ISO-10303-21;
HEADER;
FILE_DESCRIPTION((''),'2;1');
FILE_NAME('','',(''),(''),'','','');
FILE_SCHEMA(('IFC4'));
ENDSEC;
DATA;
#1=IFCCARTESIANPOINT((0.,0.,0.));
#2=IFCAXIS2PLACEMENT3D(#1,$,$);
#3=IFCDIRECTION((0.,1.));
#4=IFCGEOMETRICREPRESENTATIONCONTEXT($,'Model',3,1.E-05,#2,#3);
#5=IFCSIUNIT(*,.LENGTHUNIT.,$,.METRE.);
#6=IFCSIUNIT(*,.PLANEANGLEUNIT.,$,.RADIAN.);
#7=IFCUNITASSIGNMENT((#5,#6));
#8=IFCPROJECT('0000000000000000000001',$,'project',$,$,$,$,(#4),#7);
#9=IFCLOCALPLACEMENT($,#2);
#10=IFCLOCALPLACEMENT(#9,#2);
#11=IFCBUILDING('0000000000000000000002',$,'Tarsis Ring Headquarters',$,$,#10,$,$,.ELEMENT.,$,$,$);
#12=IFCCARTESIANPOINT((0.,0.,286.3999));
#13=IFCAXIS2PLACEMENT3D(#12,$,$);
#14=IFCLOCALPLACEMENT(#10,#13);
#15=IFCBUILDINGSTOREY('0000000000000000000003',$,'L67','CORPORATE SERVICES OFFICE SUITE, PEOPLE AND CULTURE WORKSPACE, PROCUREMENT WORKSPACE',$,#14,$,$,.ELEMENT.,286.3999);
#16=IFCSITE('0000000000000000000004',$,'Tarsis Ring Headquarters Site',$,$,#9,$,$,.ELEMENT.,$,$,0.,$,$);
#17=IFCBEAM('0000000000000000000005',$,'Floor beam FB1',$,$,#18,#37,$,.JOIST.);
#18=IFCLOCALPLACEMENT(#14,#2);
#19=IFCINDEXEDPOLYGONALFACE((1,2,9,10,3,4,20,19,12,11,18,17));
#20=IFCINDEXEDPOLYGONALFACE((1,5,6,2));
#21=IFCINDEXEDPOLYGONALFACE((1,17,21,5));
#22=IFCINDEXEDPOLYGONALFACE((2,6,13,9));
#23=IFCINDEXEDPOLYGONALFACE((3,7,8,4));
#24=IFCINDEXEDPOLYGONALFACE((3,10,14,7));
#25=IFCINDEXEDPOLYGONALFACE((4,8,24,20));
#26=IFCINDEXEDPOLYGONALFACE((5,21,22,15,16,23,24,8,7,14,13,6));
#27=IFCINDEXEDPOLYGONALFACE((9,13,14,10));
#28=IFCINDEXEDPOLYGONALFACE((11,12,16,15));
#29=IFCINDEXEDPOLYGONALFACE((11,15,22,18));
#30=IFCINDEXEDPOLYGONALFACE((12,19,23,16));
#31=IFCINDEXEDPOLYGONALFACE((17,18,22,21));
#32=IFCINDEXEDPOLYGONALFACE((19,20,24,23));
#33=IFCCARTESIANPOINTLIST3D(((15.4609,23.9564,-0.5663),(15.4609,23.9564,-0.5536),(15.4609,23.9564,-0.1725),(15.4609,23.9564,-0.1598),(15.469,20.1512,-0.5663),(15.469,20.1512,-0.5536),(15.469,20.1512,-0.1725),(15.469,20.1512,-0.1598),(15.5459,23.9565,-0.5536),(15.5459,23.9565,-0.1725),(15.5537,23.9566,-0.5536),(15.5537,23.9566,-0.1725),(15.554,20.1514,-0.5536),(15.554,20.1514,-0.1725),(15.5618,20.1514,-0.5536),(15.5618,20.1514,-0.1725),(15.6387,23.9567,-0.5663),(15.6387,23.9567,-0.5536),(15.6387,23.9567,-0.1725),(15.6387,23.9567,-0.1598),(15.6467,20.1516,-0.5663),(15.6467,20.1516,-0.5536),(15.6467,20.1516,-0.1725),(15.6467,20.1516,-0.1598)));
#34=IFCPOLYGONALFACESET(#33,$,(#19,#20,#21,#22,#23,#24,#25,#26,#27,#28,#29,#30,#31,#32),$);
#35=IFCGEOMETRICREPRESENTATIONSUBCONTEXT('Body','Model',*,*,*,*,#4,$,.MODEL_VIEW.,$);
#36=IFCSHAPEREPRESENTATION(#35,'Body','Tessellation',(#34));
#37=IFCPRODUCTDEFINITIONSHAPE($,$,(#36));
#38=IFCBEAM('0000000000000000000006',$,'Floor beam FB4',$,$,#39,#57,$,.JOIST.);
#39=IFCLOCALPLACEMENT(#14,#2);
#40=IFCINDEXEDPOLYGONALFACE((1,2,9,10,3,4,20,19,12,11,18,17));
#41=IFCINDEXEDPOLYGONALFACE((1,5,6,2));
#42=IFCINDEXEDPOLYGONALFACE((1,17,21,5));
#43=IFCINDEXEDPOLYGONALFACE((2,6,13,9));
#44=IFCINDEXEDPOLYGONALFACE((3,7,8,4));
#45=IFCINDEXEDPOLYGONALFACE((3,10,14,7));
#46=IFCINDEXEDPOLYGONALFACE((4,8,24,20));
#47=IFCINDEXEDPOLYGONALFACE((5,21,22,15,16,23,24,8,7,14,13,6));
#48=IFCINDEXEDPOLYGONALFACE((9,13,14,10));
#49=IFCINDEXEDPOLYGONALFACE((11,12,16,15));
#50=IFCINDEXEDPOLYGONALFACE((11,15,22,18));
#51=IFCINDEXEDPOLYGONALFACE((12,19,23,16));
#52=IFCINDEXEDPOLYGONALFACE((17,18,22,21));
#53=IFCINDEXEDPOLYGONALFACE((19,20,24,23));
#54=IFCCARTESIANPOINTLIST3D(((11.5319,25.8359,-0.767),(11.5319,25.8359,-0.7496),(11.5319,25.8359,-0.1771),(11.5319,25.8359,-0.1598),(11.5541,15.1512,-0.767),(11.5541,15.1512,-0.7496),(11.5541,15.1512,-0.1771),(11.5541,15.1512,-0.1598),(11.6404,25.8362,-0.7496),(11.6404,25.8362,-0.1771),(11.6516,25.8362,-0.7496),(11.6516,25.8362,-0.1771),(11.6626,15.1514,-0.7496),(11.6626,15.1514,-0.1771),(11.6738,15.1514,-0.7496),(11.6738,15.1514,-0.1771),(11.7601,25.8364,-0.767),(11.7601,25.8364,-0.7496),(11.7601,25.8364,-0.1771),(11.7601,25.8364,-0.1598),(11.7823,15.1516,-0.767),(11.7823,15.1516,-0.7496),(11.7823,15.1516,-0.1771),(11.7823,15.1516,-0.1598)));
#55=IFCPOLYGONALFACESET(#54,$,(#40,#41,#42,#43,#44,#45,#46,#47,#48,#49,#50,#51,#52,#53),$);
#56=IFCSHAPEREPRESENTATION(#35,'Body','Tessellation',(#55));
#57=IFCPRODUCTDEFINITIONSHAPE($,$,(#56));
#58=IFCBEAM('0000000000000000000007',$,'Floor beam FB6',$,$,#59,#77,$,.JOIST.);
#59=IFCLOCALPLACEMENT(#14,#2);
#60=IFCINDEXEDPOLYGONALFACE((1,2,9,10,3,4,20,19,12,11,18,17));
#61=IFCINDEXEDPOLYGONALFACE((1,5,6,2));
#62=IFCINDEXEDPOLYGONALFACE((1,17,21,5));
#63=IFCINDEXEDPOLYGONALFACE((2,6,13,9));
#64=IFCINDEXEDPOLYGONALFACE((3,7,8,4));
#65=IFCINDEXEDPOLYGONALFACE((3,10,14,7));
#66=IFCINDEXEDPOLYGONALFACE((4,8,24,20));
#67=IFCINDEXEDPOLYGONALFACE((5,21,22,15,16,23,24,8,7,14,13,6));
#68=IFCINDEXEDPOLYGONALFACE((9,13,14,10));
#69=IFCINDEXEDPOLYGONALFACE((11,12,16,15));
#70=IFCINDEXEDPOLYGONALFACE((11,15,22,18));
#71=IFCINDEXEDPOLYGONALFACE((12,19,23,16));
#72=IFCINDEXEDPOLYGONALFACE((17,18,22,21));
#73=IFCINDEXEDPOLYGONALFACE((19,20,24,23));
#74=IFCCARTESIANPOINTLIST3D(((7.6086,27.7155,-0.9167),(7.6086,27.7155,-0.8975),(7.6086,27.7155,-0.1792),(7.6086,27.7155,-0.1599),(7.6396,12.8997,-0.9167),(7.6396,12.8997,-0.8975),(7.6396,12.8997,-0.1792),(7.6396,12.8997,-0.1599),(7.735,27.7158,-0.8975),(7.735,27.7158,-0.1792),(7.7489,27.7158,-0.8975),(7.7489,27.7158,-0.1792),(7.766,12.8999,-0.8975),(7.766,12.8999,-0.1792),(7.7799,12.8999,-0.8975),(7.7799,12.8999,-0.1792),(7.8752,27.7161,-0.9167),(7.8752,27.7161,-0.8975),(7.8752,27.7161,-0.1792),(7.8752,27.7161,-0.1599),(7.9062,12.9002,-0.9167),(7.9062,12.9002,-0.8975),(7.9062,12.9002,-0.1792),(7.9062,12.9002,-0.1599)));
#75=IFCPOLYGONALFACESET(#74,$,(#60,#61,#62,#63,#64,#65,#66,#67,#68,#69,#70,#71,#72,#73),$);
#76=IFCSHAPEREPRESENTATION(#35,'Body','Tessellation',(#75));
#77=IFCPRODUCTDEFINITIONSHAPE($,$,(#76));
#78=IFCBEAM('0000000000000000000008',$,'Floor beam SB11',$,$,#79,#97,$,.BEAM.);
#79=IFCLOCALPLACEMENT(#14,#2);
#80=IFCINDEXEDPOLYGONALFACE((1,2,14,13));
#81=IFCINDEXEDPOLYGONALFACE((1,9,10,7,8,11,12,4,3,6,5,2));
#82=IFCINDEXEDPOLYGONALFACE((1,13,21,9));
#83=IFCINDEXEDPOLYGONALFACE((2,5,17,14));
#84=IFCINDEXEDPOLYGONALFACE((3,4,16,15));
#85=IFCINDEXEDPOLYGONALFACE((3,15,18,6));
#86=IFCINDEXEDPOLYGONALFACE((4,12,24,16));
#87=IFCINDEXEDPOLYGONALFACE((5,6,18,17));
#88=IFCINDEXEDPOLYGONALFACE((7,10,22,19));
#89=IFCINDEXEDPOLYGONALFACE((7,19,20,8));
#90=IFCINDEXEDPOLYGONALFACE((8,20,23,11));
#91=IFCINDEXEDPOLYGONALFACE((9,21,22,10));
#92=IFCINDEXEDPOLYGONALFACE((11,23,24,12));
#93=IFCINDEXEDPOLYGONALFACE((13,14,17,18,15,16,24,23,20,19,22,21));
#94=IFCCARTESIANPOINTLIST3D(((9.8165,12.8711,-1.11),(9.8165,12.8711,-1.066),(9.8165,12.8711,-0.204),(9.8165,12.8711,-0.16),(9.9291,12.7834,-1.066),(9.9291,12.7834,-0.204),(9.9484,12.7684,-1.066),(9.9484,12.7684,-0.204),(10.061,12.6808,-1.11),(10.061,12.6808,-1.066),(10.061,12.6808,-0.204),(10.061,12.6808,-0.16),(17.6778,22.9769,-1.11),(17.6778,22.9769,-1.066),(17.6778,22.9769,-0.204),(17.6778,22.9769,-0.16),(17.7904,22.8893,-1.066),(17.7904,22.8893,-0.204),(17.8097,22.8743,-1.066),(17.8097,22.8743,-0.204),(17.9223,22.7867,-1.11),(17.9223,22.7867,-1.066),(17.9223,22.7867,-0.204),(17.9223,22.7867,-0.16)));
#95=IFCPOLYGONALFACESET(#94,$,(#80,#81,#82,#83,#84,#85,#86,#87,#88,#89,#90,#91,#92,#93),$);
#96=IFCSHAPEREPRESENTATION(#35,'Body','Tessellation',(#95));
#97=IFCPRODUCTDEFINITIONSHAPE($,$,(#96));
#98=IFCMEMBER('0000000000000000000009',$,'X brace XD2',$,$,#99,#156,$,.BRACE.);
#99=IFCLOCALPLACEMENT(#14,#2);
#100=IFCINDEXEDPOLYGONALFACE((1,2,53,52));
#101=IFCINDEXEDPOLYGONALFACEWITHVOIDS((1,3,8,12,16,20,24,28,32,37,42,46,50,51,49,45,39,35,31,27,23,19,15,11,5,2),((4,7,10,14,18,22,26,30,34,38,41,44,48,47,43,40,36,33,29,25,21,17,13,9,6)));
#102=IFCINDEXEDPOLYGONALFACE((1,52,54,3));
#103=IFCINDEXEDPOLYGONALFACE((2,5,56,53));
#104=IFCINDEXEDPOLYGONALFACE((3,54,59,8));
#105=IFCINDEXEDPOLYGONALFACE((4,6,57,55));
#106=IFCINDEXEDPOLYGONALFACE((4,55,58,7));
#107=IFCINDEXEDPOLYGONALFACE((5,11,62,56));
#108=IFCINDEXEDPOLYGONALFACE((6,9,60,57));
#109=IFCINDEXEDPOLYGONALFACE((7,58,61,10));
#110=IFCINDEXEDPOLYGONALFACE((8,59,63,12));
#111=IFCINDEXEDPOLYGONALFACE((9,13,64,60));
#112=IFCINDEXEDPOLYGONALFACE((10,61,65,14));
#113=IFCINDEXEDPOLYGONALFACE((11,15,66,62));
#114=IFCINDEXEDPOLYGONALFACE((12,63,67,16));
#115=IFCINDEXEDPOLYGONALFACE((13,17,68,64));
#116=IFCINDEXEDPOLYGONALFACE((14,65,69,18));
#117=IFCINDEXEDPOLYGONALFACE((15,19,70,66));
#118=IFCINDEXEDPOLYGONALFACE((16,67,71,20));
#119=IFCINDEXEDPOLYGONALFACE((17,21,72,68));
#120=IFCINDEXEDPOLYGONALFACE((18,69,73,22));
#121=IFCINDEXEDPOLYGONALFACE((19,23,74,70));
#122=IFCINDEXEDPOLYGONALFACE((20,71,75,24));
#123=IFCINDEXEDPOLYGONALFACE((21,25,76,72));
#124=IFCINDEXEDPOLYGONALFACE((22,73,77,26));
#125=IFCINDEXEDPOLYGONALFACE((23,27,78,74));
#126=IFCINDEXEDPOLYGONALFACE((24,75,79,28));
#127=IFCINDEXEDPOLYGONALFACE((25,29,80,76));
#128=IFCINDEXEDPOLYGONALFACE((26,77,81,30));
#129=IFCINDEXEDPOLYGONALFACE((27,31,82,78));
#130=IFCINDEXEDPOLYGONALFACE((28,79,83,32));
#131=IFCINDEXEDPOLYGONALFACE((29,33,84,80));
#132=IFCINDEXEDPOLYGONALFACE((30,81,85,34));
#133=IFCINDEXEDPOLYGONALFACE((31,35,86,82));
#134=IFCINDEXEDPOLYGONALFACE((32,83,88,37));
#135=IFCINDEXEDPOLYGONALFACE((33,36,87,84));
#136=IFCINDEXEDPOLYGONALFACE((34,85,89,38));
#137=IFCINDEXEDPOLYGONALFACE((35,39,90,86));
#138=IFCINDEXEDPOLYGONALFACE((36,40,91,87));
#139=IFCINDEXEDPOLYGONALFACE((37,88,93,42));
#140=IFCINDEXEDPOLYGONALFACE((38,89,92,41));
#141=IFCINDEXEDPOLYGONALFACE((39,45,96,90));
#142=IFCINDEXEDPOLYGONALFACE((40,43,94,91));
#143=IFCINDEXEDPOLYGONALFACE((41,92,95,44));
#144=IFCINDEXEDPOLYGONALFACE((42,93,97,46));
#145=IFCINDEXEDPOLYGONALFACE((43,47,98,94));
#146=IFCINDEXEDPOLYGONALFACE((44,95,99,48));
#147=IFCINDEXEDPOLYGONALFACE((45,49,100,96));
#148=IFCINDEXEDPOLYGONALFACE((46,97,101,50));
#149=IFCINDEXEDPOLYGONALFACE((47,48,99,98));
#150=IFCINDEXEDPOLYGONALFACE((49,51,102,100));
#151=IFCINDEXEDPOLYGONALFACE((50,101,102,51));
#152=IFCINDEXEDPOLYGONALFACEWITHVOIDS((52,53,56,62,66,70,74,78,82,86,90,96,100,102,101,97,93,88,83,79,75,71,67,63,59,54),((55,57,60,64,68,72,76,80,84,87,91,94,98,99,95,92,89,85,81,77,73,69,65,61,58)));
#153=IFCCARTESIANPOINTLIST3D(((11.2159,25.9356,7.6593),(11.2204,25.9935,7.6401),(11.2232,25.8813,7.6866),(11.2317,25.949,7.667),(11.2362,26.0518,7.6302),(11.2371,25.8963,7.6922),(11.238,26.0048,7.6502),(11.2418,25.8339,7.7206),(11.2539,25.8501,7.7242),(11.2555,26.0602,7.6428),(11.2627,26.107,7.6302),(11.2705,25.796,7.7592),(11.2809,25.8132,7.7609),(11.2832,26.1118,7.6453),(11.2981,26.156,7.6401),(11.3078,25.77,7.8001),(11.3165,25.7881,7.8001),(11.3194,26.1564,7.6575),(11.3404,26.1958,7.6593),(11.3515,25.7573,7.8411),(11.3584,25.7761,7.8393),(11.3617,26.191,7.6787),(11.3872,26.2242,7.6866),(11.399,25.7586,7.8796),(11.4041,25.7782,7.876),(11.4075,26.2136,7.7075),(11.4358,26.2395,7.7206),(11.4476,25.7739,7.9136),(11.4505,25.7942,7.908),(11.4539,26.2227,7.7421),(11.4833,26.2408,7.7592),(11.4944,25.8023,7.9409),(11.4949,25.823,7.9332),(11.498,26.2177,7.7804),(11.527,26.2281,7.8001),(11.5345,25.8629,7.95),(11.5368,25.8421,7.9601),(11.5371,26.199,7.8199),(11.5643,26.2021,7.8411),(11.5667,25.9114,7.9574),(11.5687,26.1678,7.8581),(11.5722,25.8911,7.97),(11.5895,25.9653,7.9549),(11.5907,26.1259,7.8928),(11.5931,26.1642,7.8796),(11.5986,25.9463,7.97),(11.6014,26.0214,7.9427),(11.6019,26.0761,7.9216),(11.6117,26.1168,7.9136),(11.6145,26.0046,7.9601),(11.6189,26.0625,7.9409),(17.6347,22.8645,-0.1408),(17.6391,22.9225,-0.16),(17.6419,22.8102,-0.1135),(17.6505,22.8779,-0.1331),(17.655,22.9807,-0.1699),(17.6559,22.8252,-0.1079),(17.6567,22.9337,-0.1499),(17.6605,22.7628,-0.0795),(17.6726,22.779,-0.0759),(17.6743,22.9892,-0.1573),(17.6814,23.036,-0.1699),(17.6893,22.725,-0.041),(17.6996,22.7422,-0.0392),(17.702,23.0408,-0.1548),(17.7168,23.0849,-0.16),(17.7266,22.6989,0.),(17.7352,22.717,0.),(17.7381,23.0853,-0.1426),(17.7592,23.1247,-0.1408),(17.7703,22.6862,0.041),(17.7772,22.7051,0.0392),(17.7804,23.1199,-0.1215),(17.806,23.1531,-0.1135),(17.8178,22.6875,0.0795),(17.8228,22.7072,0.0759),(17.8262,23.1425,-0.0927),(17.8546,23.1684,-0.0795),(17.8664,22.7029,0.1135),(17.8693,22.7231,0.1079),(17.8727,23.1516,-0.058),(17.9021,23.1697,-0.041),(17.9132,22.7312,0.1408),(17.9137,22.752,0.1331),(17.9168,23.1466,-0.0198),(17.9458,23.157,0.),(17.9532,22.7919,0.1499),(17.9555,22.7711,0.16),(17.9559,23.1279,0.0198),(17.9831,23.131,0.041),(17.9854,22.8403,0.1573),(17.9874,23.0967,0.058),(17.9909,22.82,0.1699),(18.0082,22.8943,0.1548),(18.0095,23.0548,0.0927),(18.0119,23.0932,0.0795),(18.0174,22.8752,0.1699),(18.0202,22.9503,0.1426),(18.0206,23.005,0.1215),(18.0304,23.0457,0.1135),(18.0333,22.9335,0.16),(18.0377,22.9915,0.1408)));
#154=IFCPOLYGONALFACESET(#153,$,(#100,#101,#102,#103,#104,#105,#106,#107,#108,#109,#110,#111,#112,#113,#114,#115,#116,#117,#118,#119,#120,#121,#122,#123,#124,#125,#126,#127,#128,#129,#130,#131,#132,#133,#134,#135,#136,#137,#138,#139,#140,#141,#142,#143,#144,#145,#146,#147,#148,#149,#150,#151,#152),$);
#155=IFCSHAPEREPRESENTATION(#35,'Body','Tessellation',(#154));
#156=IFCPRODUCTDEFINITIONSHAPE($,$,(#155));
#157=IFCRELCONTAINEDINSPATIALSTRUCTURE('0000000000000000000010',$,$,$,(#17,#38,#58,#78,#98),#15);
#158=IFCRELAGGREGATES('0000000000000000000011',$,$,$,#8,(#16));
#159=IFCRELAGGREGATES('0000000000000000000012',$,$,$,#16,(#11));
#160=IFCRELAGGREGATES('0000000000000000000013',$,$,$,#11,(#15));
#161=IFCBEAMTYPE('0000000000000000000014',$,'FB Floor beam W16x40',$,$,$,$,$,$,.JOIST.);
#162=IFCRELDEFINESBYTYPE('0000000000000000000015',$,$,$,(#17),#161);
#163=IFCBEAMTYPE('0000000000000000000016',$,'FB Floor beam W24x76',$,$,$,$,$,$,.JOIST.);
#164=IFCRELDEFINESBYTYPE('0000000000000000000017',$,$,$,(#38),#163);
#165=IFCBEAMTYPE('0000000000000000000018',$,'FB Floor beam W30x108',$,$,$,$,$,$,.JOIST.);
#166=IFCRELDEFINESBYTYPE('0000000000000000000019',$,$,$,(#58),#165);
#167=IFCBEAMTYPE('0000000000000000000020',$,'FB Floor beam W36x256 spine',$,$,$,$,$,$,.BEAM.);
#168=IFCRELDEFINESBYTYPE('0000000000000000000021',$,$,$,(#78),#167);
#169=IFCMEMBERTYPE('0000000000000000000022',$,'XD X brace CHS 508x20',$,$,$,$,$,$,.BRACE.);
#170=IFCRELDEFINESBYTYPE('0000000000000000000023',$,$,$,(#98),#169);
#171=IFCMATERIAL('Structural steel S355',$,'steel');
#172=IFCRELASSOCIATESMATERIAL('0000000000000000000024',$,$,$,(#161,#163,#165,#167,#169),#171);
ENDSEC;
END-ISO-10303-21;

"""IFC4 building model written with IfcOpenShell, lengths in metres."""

from ifc_helpers import new_model, si_unit, direction, frame, origin, origin_2d, place, context, subcontext, project, spatial, hollow_circle, i_section, extrude, material, material_profile, profile_set, type_object, element, save


model = new_model("IFC4")

# Units and contexts
model_context = context("Model", 3, precision=1e-05, world=origin(), true_north=direction((0.0, 1.0)))
body_context = subcontext(model_context, "Body", "Model", "MODEL_VIEW")
ifc_project = project(units=[si_unit("LENGTHUNIT", "METRE"), si_unit("PLANEANGLEUNIT", "RADIAN")], contexts=[model_context])

# Site, building, storey
site_placement = place(None, origin())
site = spatial("IfcSite", under=ifc_project, at=site_placement, Name="Tarsis Ring Headquarters Site", CompositionType="ELEMENT", RefElevation=0.0)
building_placement = place(site_placement, origin())
building = spatial("IfcBuilding", under=site, at=building_placement, Name="Tarsis Ring Headquarters", CompositionType="ELEMENT")
storey_placement = place(building_placement, frame((0.0, 0.0, 286.3999)))
storey = spatial("IfcBuildingStorey", under=building, at=storey_placement, Name="L67", Description="CORPORATE SERVICES OFFICE SUITE, PEOPLE AND CULTURE WORKSPACE, PROCUREMENT WORKSPACE", CompositionType="ELEMENT", Elevation=286.3999)

# Shared definitions
ifc_material_1 = material(Name="Structural steel S355", Category="steel")

# Beams
ifc_material_profile_1 = material_profile(ifc_material_1, i_section(OverallWidth=0.1777, OverallDepth=0.4065, WebThickness=0.0078, FlangeThickness=0.0127, at=origin_2d()), Name="W16x40")
ifc_profile_set_1 = profile_set([ifc_material_profile_1], Name="Structural steel S355")
beam_type_1 = type_object("IfcBeamType", Name="FB Floor beam W16x40", PredefinedType="JOIST", material=ifc_profile_set_1)
for number, where, z_axis, x_axis, name in (
    (1, (15.5498, 23.9565, -0.363), (0.002117, -0.999998, 0.0), (0.999998, 0.002117, 0.0), "Floor beam FB1"),
):
    element("IfcBeam", number, at=place(storey_placement, frame(where, z_axis=z_axis, x_axis=x_axis)), inside=storey, type_object=beam_type_1, Name=name, PredefinedType="JOIST", context=body_context, shape_type="SweptSolid", body=[
        extrude(i_section(OverallWidth=0.1777, OverallDepth=0.4065, WebThickness=0.0078, FlangeThickness=0.0127, at=origin_2d()), origin(), (0.0, 0.0, 1.0), 3.8052),
    ])
ifc_material_profile_2 = material_profile(ifc_material_1, i_section(OverallWidth=0.2283, OverallDepth=0.6072, WebThickness=0.0112, FlangeThickness=0.0173, at=origin_2d()), Name="W24x76")
ifc_profile_set_2 = profile_set([ifc_material_profile_2], Name="Structural steel S355")
beam_type_2 = type_object("IfcBeamType", Name="FB Floor beam W24x76", PredefinedType="JOIST", material=ifc_profile_set_2)
beam_1_placement = place(storey_placement, frame((11.646, 25.8362, -0.4634), z_axis=(0.002079, -0.999998, 0.0), x_axis=(0.999998, 0.002079, 0.0)))
element("IfcBeam", 2, at=beam_1_placement, inside=storey, type_object=beam_type_2, Name="Floor beam FB4", PredefinedType="JOIST", context=body_context, shape_type="SweptSolid", body=[
    extrude(i_section(OverallWidth=0.2283, OverallDepth=0.6072, WebThickness=0.0112, FlangeThickness=0.0173, at=origin_2d()), origin(), (0.0, 0.0, 1.0), 10.6848),
])
ifc_material_profile_3 = material_profile(ifc_material_1, i_section(OverallWidth=0.2666, OverallDepth=0.7568, WebThickness=0.0139, FlangeThickness=0.0193, at=origin_2d()), Name="W30x108")
ifc_profile_set_3 = profile_set([ifc_material_profile_3], Name="Structural steel S355")
beam_type_3 = type_object("IfcBeamType", Name="FB Floor beam W30x108", PredefinedType="JOIST", material=ifc_profile_set_3)
beam_2_placement = place(storey_placement, frame((7.7419, 27.7158, -0.5383), z_axis=(0.002093, -0.999998, 0.0), x_axis=(0.999998, 0.002093, 0.0)))
element("IfcBeam", 3, at=beam_2_placement, inside=storey, type_object=beam_type_3, Name="Floor beam FB6", PredefinedType="JOIST", context=body_context, shape_type="SweptSolid", body=[
    extrude(i_section(OverallWidth=0.2666, OverallDepth=0.7568, WebThickness=0.0139, FlangeThickness=0.0193, at=origin_2d()), origin(), (0.0, 0.0, 1.0), 14.8159),
])
ifc_material_profile_4 = material_profile(ifc_material_1, i_section(OverallWidth=0.3098, OverallDepth=0.95, WebThickness=0.0244, FlangeThickness=0.0439, at=origin_2d()), Name="W36x256")
ifc_profile_set_4 = profile_set([ifc_material_profile_4], Name="Structural steel S355")
beam_type_4 = type_object("IfcBeamType", Name="FB Floor beam W36x256 spine", PredefinedType="BEAM", material=ifc_profile_set_4)
beam_3_placement = place(storey_placement, frame((17.8, 22.8818, -0.635), z_axis=(-0.613996, -0.789309, 0.0), x_axis=(0.789309, -0.613996, 0.0)))
element("IfcBeam", 4, at=beam_3_placement, inside=storey, type_object=beam_type_4, Name="Floor beam SB11", PredefinedType="BEAM", context=body_context, shape_type="SweptSolid", body=[
    extrude(i_section(OverallWidth=0.3098, OverallDepth=0.95, WebThickness=0.0244, FlangeThickness=0.0439, at=origin_2d()), origin(), (0.0, 0.0, 1.0), 12.8035),
])

# Member
ifc_material_profile_5 = material_profile(ifc_material_1, hollow_circle(Radius=0.2539, WallThickness=0.02, at=origin_2d()), Name="CHS 508x20")
ifc_profile_set_5 = profile_set([ifc_material_profile_5], Name="Structural steel S355")
member_type = type_object("IfcMemberType", Name="XD X brace CHS 508x20", PredefinedType="BRACE", material=ifc_profile_set_5)
member_1_placement = place(storey_placement, frame((17.8362, 22.928, 0.0), z_axis=(-0.607945, 0.290873, 0.738779), x_axis=(-0.431596, -0.902067, 0.0)))
element("IfcMember", 5, at=member_1_placement, inside=storey, type_object=member_type, Name="X brace XD2", PredefinedType="BRACE", context=body_context, shape_type="SweptSolid", body=[
    extrude(hollow_circle(Radius=0.2539, WallThickness=0.02, at=origin_2d()), origin(), (0.0, 0.0, 1.0), 10.5581),
])

save(model, "model.ifc")
